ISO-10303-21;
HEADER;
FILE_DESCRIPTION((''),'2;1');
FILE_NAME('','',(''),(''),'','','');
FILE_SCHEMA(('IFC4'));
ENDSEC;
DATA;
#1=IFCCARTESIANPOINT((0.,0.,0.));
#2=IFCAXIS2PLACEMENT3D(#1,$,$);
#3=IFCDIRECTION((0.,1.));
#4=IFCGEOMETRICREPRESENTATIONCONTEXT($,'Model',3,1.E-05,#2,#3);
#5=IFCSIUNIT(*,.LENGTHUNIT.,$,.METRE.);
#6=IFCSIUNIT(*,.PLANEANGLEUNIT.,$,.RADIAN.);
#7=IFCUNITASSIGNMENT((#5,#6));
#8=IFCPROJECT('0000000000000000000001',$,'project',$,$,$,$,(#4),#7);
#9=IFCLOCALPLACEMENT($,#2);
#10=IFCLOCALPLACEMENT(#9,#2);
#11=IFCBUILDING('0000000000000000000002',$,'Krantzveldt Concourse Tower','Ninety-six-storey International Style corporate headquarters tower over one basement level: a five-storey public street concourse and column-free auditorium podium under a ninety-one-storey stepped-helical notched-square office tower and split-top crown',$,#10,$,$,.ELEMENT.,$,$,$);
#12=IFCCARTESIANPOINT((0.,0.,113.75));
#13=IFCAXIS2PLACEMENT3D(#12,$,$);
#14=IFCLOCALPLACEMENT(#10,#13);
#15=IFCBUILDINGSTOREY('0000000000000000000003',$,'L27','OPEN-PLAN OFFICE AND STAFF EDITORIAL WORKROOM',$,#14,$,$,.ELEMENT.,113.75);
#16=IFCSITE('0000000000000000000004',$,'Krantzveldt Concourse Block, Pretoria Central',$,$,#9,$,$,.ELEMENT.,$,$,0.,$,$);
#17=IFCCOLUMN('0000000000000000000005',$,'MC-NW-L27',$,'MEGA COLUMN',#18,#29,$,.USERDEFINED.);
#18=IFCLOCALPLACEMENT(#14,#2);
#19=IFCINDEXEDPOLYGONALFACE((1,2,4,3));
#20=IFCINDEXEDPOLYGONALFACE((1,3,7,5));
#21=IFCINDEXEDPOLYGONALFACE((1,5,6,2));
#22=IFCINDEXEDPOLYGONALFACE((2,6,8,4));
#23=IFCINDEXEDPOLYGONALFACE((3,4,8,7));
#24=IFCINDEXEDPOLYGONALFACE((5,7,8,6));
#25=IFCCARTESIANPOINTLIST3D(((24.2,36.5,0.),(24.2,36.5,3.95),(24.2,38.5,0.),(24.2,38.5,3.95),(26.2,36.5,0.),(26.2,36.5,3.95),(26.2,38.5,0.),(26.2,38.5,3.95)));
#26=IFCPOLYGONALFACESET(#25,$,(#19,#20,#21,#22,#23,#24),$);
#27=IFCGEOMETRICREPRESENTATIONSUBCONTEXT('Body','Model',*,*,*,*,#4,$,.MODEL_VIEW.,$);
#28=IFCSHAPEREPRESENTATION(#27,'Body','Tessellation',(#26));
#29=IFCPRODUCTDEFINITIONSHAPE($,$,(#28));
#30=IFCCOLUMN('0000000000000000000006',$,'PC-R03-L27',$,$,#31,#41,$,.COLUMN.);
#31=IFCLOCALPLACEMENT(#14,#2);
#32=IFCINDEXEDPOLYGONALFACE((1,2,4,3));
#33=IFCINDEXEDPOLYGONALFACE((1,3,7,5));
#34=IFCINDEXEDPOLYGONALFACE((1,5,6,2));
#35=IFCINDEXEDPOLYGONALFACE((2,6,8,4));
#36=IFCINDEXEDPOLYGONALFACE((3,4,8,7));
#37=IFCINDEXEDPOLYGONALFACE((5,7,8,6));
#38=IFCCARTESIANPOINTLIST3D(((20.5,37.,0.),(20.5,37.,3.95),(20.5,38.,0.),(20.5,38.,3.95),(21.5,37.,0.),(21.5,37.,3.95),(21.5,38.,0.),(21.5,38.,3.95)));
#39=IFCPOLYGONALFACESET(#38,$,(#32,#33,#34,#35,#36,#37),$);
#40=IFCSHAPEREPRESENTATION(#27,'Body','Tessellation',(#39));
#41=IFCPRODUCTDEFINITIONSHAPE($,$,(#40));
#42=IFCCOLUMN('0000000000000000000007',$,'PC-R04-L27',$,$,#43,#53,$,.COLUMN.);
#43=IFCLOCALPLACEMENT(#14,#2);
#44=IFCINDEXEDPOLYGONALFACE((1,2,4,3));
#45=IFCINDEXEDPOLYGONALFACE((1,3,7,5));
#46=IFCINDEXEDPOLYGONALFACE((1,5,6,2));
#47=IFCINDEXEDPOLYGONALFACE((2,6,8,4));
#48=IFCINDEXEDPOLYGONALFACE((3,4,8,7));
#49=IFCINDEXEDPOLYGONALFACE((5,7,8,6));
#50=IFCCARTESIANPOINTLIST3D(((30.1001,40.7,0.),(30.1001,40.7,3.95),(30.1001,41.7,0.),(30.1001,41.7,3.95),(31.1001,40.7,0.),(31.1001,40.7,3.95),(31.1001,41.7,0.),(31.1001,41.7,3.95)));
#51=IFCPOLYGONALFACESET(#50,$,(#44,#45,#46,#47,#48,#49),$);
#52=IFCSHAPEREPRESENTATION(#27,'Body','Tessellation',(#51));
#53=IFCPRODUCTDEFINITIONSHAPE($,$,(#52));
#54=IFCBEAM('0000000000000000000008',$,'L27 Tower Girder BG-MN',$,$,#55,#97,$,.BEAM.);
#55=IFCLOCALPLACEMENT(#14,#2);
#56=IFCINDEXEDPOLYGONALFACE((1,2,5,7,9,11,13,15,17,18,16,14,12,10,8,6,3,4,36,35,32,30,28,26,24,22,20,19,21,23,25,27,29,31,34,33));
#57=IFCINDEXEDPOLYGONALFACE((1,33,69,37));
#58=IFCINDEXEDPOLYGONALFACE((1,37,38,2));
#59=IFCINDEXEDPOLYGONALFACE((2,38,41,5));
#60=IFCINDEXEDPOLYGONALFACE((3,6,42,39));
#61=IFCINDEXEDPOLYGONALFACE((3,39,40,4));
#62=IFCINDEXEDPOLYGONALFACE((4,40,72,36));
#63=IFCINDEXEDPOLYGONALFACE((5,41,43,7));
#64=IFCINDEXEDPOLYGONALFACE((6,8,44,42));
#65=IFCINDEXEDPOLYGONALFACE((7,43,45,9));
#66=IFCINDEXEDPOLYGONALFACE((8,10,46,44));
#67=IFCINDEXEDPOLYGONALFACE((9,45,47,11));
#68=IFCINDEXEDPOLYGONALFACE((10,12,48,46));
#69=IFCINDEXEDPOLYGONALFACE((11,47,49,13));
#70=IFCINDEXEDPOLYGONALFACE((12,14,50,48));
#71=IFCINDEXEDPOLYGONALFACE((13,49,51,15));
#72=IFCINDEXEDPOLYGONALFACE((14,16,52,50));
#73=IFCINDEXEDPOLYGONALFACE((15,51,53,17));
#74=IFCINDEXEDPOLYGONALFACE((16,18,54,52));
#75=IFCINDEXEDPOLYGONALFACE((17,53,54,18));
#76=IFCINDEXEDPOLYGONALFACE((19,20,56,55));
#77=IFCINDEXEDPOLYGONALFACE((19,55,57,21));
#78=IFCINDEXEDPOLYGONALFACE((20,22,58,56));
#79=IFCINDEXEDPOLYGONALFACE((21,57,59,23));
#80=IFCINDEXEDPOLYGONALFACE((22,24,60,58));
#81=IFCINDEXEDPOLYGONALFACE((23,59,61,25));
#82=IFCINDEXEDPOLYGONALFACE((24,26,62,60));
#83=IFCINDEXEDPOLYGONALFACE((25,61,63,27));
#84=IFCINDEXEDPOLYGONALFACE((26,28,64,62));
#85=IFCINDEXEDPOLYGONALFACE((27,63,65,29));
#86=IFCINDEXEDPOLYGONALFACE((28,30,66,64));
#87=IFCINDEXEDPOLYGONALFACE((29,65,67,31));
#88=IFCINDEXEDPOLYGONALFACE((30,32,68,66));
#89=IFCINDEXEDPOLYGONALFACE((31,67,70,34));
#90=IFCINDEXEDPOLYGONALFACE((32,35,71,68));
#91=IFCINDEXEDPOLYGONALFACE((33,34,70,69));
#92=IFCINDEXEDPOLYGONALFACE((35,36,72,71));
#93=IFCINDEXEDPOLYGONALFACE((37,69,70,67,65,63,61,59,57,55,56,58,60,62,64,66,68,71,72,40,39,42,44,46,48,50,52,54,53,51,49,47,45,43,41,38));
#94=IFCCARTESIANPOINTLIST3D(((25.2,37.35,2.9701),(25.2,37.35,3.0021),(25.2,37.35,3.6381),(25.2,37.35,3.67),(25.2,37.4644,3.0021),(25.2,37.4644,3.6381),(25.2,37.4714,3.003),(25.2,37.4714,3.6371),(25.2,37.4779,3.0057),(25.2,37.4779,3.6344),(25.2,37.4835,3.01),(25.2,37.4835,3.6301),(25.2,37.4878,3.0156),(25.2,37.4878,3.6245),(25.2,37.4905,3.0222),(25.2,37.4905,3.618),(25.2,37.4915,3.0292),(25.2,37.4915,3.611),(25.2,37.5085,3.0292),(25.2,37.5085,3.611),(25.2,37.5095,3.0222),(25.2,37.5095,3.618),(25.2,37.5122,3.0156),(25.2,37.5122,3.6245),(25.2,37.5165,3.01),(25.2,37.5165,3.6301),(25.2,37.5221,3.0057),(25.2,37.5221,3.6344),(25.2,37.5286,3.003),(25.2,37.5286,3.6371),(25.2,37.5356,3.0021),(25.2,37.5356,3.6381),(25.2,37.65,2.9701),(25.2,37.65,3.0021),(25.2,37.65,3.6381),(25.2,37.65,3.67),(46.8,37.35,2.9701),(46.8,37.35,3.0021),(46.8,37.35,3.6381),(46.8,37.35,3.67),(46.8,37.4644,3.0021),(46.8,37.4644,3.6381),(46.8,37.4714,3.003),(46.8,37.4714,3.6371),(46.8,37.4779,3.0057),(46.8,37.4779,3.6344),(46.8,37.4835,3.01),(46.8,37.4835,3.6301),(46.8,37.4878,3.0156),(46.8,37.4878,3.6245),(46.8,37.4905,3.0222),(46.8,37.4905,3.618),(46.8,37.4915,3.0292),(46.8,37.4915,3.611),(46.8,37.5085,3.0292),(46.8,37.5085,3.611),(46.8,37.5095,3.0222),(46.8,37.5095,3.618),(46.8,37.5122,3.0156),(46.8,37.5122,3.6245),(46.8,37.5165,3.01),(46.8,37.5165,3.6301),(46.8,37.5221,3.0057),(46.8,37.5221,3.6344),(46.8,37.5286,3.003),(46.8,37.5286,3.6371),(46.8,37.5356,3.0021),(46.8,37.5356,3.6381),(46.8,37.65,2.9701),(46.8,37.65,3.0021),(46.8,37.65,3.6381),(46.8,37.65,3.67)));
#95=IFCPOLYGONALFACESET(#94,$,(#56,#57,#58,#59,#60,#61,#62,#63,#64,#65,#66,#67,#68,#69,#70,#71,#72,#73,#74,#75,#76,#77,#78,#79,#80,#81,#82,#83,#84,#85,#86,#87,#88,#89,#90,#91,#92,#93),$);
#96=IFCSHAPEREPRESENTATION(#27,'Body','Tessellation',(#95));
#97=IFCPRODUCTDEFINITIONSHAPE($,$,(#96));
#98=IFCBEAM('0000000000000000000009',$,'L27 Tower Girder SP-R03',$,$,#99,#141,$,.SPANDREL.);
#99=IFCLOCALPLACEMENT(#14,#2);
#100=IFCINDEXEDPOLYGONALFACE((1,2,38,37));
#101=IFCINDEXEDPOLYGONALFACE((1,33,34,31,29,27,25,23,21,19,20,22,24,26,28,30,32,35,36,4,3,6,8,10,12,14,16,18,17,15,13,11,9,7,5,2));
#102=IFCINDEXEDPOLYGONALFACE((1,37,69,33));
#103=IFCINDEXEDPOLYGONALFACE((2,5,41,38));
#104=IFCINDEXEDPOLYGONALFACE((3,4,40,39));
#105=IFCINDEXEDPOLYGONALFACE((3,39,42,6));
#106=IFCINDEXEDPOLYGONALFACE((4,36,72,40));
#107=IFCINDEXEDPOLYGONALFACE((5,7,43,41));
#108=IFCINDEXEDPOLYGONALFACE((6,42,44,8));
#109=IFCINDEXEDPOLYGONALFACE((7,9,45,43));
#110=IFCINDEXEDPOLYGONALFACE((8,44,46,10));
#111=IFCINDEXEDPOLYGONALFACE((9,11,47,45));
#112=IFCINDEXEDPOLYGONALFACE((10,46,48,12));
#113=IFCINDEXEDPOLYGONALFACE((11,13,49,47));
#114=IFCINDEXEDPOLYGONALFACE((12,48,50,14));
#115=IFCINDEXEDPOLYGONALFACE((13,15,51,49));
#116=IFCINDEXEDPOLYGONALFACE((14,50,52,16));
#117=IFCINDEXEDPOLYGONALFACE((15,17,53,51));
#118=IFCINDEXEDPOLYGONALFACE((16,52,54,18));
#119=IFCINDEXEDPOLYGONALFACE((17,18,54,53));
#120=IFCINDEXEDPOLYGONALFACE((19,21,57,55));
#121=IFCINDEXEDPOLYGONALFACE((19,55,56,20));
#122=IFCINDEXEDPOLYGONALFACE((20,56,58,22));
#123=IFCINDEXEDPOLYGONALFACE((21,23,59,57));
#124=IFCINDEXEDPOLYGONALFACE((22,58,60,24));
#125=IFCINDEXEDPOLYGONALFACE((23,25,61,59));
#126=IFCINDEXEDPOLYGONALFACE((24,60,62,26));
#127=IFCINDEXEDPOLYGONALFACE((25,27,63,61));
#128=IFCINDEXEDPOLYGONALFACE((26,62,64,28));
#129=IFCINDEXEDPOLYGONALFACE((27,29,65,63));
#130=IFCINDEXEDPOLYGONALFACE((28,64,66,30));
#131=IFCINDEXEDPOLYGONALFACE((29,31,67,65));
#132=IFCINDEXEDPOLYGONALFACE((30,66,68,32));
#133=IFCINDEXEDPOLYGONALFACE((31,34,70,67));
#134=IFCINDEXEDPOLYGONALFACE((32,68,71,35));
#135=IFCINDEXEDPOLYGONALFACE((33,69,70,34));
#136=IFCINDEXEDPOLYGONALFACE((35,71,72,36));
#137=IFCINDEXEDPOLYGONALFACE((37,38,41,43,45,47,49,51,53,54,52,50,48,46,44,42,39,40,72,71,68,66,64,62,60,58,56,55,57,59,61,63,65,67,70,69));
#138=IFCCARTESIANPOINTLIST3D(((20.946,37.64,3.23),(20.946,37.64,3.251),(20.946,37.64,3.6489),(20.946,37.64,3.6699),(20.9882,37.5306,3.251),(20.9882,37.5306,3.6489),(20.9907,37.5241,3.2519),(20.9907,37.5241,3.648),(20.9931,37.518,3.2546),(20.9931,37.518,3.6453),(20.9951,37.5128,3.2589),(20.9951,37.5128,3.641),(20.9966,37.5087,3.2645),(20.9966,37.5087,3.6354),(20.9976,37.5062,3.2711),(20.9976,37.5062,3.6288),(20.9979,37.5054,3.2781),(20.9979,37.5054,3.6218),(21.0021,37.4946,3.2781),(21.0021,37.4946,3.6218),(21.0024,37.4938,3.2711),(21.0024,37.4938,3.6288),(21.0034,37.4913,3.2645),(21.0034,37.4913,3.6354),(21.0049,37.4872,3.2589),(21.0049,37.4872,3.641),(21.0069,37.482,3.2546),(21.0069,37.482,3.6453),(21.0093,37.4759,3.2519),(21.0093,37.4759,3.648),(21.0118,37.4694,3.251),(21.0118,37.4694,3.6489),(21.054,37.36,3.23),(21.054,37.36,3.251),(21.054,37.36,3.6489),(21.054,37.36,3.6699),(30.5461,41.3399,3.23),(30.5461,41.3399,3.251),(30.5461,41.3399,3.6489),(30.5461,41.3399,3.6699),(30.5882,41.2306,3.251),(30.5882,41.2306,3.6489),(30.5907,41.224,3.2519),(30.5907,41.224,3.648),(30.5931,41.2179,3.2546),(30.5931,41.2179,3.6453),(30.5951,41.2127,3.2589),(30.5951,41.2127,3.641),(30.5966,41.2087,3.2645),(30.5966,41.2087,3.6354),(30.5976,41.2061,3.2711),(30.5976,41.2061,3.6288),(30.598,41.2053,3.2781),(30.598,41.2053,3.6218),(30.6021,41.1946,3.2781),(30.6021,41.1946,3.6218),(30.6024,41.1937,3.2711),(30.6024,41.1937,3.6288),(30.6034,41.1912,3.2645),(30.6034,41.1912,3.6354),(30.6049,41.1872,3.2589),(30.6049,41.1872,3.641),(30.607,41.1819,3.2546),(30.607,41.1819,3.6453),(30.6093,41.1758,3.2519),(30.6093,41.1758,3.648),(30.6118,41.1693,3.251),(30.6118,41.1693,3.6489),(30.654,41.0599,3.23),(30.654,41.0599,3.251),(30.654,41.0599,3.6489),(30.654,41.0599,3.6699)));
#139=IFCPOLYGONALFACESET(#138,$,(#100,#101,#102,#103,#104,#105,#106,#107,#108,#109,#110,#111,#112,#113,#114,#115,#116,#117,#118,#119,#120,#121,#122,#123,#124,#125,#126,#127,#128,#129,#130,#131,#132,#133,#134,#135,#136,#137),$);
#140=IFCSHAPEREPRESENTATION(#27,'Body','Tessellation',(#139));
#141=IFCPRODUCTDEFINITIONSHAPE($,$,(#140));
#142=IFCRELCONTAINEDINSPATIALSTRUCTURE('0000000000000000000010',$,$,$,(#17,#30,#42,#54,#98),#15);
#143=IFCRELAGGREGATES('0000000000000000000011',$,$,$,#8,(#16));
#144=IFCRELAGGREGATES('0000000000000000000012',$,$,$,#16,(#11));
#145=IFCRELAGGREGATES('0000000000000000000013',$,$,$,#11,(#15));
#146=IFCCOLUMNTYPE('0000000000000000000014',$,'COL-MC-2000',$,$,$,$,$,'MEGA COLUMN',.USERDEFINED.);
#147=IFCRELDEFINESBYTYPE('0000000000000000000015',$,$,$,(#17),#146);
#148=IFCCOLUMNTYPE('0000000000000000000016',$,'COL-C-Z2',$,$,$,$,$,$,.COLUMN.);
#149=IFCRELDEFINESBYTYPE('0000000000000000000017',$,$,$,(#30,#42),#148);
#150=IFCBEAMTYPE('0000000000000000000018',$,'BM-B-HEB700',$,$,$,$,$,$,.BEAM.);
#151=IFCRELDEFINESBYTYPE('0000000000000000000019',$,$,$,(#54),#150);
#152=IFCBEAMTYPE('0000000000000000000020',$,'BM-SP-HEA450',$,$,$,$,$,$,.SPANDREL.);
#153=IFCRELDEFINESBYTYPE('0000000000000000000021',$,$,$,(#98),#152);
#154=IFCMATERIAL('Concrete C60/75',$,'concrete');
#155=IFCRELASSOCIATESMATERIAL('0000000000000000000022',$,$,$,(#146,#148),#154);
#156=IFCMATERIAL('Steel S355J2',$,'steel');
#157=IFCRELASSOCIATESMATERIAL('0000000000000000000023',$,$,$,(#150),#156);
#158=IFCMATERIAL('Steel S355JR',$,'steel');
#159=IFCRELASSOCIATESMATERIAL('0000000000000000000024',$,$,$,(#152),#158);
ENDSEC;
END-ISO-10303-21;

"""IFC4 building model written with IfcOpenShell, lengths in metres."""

from ifc_helpers import new_model, si_unit, direction, frame, origin, origin_2d, place, context, subcontext, project, spatial, rectangle, i_section, extrude, source, transform, mapped, material, material_profile, profile_set, type_object, type_shapes, element, save


model = new_model("IFC4")

# Units and contexts
model_context = context("Model", 3, precision=1e-05, world=origin(), true_north=direction((0.0, 1.0)))
body_context = subcontext(model_context, "Body", "Model", "MODEL_VIEW")
ifc_project = project(units=[si_unit("LENGTHUNIT", "METRE"), si_unit("PLANEANGLEUNIT", "RADIAN")], contexts=[model_context])

# Site, building, storey
site_placement = place(None, origin())
site = spatial("IfcSite", under=ifc_project, at=site_placement, Name="Krantzveldt Concourse Block, Pretoria Central", CompositionType="ELEMENT", RefElevation=0.0)
building_placement = place(site_placement, origin())
building = spatial("IfcBuilding", under=site, at=building_placement, Name="Krantzveldt Concourse Tower", Description="Ninety-six-storey International Style corporate headquarters tower over one basement level: a five-storey public street concourse and column-free auditorium podium under a ninety-one-storey stepped-helical notched-square office tower and split-top crown", CompositionType="ELEMENT")
storey_placement = place(building_placement, frame((0.0, 0.0, 113.75)))
storey = spatial("IfcBuildingStorey", under=building, at=storey_placement, Name="L27", Description="OPEN-PLAN OFFICE AND STAFF EDITORIAL WORKROOM", CompositionType="ELEMENT", Elevation=113.75)

# Columns
ifc_material_1 = material(Name="Concrete C60/75", Category="concrete")
ifc_material_profile_1 = material_profile(ifc_material_1, rectangle(XDim=2.0, YDim=2.0, at=origin_2d()), Name="Concrete C60/75", Category="concrete")
ifc_profile_set_1 = profile_set([ifc_material_profile_1], Name="Concrete C60/75 - RC 2000x2000")
column_type_1 = type_object("IfcColumnType", Name="COL-MC-2000", ElementType="MEGA COLUMN", PredefinedType="USERDEFINED", material=ifc_profile_set_1)
shared_shape_1 = source(origin(), body_context, "Body", "SweptSolid", [
    extrude(rectangle(XDim=2.0, YDim=2.0, at=origin_2d()), origin(), (0.0, 0.0, 1.0), 3.95),
])
type_shapes(column_type_1, [shared_shape_1])
column_placement = place(storey_placement, frame((25.2, 37.5, 0.0), z_axis=(0.0, 0.0, 1.0), x_axis=(1.0, 0.0, 0.0)))
element("IfcColumn", 1, at=column_placement, inside=storey, type_object=column_type_1, Name="MC-NW-L27", ObjectType="MEGA COLUMN", PredefinedType="USERDEFINED", context=body_context, shape_type="MappedRepresentation", body=[
    mapped(shared_shape_1, transform((0.0, 0.0, 0.0), x_axis=(1.0, 0.0, 0.0), y_axis=(0.0, 1.0, 0.0), z_axis=(0.0, 0.0, 1.0), scale=1.0)),
])
ifc_material_profile_2 = material_profile(ifc_material_1, rectangle(XDim=1.0, YDim=1.0, at=origin_2d()), Name="Concrete C60/75", Category="concrete")
ifc_profile_set_2 = profile_set([ifc_material_profile_2], Name="Concrete C60/75 - RC 1000x1000")
column_type_2 = type_object("IfcColumnType", Name="COL-C-Z2", PredefinedType="COLUMN", material=ifc_profile_set_2)
shared_shape_2 = source(origin(), body_context, "Body", "SweptSolid", [
    extrude(rectangle(XDim=1.0, YDim=1.0, at=origin_2d()), origin(), (0.0, 0.0, 1.0), 3.95),
])
type_shapes(column_type_2, [shared_shape_2])
for number, where, z_axis, x_axis, name in (
    (2, (21.0, 37.5, 0.0), (0.0, 0.0, 1.0), (1.0, 0.0, 0.0), "PC-R03-L27"),
    (3, (30.6001, 41.2, 0.0), (0.0, 0.0, 1.0), (1.0, 0.0, 0.0), "PC-R04-L27"),
):
    element("IfcColumn", number, at=place(storey_placement, frame(where, z_axis=z_axis, x_axis=x_axis)), inside=storey, type_object=column_type_2, Name=name, PredefinedType="COLUMN", context=body_context, shape_type="MappedRepresentation", body=[
        mapped(shared_shape_2, transform((0.0, 0.0, 0.0), x_axis=(1.0, 0.0, 0.0), y_axis=(0.0, 1.0, 0.0), z_axis=(0.0, 0.0, 1.0), scale=1.0)),
    ])

# Beams
ifc_material_2 = material(Name="Steel S355J2", Category="steel")
ifc_material_profile_3 = material_profile(ifc_material_2, i_section(OverallWidth=0.3, OverallDepth=0.7, WebThickness=0.0171, FlangeThickness=0.032, FilletRadius=0.0271, at=origin_2d()), Name="Steel S355J2", Category="steel")
ifc_profile_set_3 = profile_set([ifc_material_profile_3], Name="Steel S355J2 - HEB 700")
beam_type_1 = type_object("IfcBeamType", Name="BM-B-HEB700", PredefinedType="BEAM", material=ifc_profile_set_3)
shared_shape_3 = source(origin(), body_context, "Body", "SweptSolid", [
    extrude(i_section(OverallWidth=0.3, OverallDepth=0.7, WebThickness=0.0171, FlangeThickness=0.032, FilletRadius=0.0271, at=origin_2d()), origin(), (0.0, 0.0, 1.0), 21.6001),
])
type_shapes(beam_type_1, [shared_shape_3])
beam_1_placement = place(storey_placement, frame((25.2, 37.5, 3.3201), z_axis=(1.0, 0.0, 0.0), x_axis=(0.0, 1.0, 0.0)))
element("IfcBeam", 4, at=beam_1_placement, inside=storey, type_object=beam_type_1, Name="L27 Tower Girder BG-MN", PredefinedType="BEAM", context=body_context, shape_type="MappedRepresentation", body=[
    mapped(shared_shape_3, transform((0.0, 0.0, 0.0), x_axis=(1.0, 0.0, 0.0), y_axis=(0.0, 1.0, 0.0), z_axis=(0.0, 0.0, 1.0), scale=1.0)),
])
ifc_material_3 = material(Name="Steel S355JR", Category="steel")
ifc_material_profile_4 = material_profile(ifc_material_3, i_section(OverallWidth=0.3, OverallDepth=0.4399, WebThickness=0.0115, FlangeThickness=0.021, FilletRadius=0.0271, at=origin_2d()), Name="Steel S355JR", Category="steel")
ifc_profile_set_4 = profile_set([ifc_material_profile_4], Name="Steel S355JR - HEA 450")
beam_type_2 = type_object("IfcBeamType", Name="BM-SP-HEA450", PredefinedType="SPANDREL", material=ifc_profile_set_4)
shared_shape_4 = source(origin(), body_context, "Body", "SweptSolid", [
    extrude(i_section(OverallWidth=0.3, OverallDepth=0.4399, WebThickness=0.0115, FlangeThickness=0.021, FilletRadius=0.0271, at=origin_2d()), origin(), (0.0, 0.0, 1.0), 10.2883),
])
beam_2_placement = place(storey_placement, frame((21.0, 37.5, 3.45), z_axis=(0.933098, 0.359623, 0.0), x_axis=(-0.359623, 0.933098, 0.0)))
element("IfcBeam", 5, at=beam_2_placement, inside=storey, type_object=beam_type_2, Name="L27 Tower Girder SP-R03", PredefinedType="SPANDREL", context=body_context, shape_type="MappedRepresentation", body=[
    mapped(shared_shape_4, transform((0.0, 0.0, 0.0), x_axis=(1.0, 0.0, 0.0), y_axis=(0.0, 1.0, 0.0), z_axis=(0.0, 0.0, 1.0), scale=1.0)),
])

save(model, "model.ifc")
